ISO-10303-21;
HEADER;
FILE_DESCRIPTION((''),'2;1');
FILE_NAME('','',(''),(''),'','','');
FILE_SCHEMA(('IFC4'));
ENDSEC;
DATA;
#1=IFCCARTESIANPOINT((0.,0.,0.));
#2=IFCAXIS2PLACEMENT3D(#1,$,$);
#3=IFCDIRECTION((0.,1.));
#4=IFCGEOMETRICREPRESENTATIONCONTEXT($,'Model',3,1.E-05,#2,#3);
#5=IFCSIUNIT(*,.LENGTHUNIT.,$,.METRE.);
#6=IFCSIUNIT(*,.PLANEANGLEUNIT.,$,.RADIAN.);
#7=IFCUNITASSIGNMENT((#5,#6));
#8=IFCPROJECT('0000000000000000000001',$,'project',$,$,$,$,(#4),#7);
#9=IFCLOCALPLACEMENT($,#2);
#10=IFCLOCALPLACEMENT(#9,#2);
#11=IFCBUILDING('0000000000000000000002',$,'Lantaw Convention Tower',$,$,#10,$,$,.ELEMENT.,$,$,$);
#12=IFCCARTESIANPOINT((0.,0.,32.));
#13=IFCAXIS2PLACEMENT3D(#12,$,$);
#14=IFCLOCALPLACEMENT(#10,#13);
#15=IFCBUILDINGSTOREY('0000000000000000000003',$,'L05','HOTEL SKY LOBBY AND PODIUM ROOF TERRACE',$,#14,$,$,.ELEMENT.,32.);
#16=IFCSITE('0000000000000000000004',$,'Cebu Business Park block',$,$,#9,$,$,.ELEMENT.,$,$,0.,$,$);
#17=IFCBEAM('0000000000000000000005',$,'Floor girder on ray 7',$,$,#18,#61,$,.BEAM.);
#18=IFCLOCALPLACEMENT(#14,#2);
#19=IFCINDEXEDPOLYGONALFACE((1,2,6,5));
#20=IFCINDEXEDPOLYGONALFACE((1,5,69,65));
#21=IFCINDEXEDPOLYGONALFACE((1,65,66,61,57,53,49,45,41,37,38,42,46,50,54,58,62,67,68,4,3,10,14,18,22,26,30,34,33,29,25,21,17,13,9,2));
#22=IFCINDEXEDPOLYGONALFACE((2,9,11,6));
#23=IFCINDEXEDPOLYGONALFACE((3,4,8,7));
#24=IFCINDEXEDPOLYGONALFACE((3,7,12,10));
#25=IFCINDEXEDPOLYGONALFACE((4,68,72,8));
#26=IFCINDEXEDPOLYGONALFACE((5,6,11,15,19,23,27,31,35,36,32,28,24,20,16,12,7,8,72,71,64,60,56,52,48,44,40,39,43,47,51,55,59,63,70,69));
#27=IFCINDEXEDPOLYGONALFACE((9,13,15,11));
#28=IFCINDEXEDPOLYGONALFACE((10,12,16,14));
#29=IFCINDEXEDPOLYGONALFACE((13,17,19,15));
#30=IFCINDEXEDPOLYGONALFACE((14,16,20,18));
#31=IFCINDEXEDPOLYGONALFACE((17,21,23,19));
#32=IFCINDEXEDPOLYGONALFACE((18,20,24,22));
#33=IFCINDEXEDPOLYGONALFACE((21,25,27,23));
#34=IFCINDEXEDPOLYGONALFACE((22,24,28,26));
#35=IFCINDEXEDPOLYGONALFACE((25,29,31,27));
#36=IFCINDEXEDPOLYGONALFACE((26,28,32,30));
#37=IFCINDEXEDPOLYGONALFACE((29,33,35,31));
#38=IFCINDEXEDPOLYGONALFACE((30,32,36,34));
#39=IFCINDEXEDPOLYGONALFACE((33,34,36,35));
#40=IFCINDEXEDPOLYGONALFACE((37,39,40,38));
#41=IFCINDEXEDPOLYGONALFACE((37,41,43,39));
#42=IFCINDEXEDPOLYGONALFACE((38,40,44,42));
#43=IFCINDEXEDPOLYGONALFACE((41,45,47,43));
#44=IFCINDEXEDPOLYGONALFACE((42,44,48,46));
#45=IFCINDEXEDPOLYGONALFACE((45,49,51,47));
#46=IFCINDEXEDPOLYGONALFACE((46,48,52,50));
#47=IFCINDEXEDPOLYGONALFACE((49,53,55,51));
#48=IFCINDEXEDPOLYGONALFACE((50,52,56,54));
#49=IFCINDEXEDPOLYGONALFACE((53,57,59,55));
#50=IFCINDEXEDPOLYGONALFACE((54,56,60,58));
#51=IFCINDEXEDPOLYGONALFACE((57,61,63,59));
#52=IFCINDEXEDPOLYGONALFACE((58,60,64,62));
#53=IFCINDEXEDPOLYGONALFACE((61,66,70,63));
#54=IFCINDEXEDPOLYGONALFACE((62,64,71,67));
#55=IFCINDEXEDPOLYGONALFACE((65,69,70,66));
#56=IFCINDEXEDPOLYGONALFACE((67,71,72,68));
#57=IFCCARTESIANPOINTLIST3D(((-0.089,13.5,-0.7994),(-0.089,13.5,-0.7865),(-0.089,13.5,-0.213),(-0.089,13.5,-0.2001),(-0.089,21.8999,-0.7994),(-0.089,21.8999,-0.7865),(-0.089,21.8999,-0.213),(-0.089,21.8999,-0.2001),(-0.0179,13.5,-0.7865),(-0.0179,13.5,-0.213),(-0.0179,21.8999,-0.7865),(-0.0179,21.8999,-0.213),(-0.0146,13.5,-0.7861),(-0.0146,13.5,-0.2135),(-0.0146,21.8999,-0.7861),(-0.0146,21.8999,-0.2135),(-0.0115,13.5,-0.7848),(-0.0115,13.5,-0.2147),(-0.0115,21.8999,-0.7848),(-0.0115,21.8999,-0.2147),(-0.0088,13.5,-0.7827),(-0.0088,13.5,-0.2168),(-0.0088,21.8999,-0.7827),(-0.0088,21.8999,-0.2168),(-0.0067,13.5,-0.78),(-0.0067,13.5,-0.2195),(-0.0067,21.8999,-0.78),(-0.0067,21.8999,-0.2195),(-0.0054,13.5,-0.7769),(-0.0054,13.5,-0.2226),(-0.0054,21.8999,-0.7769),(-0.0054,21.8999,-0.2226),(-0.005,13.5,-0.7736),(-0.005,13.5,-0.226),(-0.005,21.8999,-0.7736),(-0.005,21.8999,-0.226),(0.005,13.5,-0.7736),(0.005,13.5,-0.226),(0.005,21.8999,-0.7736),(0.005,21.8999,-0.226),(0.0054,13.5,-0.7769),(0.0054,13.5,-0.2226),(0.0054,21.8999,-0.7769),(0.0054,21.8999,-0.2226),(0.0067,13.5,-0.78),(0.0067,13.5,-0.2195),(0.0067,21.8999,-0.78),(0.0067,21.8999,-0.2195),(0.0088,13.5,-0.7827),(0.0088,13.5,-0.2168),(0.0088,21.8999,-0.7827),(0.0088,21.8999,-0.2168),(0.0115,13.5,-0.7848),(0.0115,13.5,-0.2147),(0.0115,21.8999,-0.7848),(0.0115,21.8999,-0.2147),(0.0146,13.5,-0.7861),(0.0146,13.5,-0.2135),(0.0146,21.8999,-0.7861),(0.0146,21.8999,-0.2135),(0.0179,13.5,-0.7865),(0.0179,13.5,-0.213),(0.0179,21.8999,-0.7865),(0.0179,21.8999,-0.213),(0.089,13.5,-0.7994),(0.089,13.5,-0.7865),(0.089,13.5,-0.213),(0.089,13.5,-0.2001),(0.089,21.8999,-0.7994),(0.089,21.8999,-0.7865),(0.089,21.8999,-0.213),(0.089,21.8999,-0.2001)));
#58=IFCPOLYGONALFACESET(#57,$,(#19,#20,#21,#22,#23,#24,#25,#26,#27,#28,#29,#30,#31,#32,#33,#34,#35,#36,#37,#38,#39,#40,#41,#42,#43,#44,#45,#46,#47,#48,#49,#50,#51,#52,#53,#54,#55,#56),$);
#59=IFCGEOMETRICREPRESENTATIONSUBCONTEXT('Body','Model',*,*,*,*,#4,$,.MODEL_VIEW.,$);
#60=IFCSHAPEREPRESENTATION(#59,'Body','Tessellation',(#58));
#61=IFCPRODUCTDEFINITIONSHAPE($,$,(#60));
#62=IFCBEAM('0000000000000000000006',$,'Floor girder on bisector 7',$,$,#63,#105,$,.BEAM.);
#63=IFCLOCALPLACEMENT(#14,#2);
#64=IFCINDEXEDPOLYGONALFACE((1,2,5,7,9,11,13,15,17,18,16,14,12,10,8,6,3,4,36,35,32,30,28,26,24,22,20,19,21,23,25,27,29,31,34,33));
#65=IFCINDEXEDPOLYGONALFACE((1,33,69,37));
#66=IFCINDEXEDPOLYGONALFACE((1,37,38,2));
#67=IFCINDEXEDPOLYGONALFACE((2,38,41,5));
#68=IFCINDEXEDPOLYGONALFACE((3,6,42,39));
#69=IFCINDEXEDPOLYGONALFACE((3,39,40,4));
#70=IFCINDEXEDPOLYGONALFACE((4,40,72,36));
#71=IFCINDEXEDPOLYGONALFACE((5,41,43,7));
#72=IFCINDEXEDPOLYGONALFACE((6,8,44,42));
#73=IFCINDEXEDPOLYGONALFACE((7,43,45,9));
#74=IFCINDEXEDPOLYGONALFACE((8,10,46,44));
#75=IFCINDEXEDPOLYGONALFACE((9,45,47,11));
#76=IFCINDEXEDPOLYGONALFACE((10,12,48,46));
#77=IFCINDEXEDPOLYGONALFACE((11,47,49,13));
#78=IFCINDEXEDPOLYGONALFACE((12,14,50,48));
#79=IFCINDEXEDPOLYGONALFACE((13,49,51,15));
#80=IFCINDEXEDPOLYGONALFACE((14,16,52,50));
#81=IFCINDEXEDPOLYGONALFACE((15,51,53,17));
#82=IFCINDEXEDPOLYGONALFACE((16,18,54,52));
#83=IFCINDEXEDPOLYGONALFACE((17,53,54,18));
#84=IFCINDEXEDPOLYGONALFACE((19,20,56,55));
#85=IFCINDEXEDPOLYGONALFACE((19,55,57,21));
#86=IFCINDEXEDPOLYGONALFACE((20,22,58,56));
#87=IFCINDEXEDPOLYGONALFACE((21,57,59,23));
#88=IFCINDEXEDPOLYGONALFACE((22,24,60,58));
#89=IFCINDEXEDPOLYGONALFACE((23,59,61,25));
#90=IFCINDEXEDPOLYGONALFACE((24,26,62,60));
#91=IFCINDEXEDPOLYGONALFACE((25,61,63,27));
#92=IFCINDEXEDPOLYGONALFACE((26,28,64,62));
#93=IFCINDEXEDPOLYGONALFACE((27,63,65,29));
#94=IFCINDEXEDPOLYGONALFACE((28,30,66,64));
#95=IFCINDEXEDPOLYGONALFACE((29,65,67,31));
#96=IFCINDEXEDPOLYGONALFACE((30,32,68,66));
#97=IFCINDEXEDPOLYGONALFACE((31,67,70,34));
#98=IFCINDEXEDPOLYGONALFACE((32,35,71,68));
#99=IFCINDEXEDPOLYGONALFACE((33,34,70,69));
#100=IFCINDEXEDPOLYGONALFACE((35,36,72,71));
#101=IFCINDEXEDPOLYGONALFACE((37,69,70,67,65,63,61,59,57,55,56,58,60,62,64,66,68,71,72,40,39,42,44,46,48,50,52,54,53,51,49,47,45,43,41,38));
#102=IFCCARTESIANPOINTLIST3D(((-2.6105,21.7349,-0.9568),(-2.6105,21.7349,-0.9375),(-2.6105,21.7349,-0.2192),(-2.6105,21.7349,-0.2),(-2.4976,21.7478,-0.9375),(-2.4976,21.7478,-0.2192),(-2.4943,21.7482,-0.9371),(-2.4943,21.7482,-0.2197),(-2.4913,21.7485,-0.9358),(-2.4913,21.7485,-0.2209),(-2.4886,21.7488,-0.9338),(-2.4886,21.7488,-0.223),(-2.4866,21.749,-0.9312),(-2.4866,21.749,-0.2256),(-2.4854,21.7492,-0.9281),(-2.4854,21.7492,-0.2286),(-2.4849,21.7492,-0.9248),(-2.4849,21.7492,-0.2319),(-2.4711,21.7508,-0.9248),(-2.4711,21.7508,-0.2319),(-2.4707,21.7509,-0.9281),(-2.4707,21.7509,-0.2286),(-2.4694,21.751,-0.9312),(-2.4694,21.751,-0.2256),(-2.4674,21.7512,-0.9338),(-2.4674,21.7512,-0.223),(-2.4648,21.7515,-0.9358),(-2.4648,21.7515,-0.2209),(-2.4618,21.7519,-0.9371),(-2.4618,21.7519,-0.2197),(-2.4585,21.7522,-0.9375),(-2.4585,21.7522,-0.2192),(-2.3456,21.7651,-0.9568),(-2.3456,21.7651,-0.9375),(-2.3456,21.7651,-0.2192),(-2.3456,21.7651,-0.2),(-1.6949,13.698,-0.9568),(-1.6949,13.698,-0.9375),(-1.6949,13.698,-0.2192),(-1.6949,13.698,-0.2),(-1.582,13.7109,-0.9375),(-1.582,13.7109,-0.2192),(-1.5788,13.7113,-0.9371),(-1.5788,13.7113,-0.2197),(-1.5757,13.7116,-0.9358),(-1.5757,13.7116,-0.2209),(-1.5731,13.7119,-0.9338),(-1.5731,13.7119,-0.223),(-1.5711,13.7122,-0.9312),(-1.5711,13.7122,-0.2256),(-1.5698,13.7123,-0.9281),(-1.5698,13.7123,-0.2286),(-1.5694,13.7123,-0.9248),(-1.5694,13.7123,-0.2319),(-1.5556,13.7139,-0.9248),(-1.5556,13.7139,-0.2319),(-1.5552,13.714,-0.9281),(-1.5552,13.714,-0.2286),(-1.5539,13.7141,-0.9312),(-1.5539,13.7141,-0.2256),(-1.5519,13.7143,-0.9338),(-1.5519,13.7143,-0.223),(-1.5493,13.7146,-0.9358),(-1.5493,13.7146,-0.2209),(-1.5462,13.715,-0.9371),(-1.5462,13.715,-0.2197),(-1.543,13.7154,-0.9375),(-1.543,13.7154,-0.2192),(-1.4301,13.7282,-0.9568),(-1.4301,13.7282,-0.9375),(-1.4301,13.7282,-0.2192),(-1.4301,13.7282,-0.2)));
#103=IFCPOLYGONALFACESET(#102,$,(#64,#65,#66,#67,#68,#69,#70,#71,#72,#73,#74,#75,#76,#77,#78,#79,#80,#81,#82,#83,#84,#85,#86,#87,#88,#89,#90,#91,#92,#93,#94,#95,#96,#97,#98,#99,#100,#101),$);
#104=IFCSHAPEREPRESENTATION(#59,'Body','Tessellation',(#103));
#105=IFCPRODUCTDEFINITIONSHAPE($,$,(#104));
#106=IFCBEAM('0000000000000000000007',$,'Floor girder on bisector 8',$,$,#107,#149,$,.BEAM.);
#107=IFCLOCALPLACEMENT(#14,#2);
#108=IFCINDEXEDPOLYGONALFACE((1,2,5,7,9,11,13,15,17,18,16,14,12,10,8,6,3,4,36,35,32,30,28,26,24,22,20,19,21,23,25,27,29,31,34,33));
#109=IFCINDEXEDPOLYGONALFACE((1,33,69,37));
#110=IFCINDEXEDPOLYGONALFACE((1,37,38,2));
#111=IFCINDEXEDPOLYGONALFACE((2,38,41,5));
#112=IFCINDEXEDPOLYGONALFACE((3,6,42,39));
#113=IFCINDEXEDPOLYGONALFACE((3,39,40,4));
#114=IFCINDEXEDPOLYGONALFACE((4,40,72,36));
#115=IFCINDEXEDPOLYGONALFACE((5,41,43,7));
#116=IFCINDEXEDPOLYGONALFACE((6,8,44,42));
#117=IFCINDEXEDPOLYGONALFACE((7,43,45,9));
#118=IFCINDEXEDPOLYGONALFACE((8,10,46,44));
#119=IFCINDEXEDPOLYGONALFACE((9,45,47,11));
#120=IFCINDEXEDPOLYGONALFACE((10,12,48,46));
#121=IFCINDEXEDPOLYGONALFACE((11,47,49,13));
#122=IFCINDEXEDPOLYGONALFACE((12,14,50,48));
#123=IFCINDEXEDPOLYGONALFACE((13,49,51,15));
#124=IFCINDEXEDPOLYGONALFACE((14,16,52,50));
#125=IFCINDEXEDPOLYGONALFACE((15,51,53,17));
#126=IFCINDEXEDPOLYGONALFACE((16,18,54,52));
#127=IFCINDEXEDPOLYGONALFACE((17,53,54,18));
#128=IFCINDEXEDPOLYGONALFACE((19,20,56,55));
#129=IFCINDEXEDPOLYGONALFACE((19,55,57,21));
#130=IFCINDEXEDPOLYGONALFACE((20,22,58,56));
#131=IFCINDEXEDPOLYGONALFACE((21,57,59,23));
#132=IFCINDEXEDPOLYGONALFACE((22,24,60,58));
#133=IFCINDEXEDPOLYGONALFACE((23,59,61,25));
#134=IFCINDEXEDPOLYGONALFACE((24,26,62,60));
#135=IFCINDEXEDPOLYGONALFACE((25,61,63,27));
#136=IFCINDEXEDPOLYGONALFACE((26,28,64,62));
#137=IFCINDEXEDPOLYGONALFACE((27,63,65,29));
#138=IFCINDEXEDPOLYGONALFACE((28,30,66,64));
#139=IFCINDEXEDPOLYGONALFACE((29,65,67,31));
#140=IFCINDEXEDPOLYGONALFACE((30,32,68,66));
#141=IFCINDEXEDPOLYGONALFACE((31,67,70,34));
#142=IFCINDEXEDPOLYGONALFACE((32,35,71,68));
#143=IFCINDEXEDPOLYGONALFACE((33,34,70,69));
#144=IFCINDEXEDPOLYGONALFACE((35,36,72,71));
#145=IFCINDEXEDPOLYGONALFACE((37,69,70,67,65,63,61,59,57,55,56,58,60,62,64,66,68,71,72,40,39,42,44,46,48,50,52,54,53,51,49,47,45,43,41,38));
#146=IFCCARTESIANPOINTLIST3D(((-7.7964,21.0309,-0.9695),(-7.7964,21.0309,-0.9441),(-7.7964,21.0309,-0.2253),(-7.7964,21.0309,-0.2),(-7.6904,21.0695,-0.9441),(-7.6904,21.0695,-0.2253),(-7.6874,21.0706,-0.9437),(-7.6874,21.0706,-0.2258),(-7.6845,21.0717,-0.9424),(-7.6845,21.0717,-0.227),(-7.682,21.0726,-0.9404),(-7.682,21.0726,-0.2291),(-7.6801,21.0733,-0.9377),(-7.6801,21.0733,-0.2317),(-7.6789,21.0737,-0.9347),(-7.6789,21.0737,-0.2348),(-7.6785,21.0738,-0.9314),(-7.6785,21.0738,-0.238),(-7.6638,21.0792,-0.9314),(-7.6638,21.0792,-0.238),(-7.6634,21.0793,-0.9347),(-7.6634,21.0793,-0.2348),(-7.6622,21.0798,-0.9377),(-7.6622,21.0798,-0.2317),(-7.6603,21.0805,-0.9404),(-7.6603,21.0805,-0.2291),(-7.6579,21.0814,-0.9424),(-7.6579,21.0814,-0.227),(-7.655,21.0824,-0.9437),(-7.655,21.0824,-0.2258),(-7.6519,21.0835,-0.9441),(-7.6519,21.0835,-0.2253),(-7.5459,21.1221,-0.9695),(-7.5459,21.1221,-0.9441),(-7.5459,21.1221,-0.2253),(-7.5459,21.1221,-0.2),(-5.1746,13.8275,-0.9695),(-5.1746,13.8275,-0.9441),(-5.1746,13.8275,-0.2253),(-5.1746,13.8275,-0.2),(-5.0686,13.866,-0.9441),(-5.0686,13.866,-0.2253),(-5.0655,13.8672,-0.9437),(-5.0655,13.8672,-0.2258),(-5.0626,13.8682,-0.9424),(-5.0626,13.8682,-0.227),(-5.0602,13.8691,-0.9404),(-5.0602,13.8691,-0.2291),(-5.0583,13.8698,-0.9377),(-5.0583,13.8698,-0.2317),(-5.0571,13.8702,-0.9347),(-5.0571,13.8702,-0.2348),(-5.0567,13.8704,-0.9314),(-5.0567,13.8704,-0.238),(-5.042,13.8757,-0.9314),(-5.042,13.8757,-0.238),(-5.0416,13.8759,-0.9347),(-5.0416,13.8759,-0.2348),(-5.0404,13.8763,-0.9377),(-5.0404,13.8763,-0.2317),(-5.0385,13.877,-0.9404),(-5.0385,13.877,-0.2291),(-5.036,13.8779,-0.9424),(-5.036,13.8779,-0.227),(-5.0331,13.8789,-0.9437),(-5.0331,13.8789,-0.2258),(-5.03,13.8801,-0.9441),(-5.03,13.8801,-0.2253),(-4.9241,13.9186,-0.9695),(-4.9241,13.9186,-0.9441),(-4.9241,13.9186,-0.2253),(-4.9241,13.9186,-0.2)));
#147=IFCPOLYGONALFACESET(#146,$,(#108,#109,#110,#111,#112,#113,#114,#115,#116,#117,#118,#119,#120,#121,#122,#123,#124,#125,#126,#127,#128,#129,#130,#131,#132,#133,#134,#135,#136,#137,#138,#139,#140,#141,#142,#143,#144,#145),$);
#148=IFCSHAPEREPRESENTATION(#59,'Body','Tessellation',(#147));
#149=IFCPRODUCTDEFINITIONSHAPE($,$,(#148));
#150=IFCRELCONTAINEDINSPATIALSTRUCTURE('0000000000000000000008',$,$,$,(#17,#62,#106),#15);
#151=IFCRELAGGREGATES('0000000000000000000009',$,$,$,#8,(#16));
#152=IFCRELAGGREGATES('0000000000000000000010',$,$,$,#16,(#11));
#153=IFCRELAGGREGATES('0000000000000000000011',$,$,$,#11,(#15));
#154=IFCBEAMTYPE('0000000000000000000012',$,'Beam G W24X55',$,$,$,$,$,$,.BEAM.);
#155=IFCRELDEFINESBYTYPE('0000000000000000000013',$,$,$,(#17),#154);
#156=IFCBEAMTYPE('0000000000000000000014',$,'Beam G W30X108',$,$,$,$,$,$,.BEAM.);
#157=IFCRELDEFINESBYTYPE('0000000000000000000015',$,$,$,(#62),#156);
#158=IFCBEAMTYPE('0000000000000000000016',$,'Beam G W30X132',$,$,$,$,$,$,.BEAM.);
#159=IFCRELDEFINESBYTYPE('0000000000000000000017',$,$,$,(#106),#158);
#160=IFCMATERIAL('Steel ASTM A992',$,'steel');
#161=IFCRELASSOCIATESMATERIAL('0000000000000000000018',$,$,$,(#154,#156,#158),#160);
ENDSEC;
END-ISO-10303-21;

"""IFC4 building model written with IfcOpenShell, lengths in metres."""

from ifc_helpers import new_model, si_unit, direction, frame, origin, origin_2d, place, context, subcontext, project, spatial, i_section, extrude, material, material_profile, profile_set, type_object, element, save


model = new_model("IFC4")

# Units and contexts
model_context = context("Model", 3, precision=1e-05, world=origin(), true_north=direction((0.0, 1.0)))
body_context = subcontext(model_context, "Body", "Model", "MODEL_VIEW")
ifc_project = project(units=[si_unit("LENGTHUNIT", "METRE"), si_unit("PLANEANGLEUNIT", "RADIAN")], contexts=[model_context])

# Site, building, storey
site_placement = place(None, origin())
site = spatial("IfcSite", under=ifc_project, at=site_placement, Name="Cebu Business Park block", CompositionType="ELEMENT", RefElevation=0.0)
building_placement = place(site_placement, origin())
building = spatial("IfcBuilding", under=site, at=building_placement, Name="Lantaw Convention Tower", CompositionType="ELEMENT")
storey_placement = place(building_placement, frame((0.0, 0.0, 32.0)))
storey = spatial("IfcBuildingStorey", under=building, at=storey_placement, Name="L05", Description="HOTEL SKY LOBBY AND PODIUM ROOF TERRACE", CompositionType="ELEMENT", Elevation=32.0)

# Beams
ifc_material_1 = material(Name="Steel ASTM A992", Category="steel")
ifc_material_profile_1 = material_profile(ifc_material_1, i_section(OverallWidth=0.178, OverallDepth=0.5994, WebThickness=0.01, FlangeThickness=0.0129, FilletRadius=0.0129, at=origin_2d()), Name="W24X55")
ifc_profile_set_1 = profile_set([ifc_material_profile_1], Name="Steel ASTM A992")
beam_type_1 = type_object("IfcBeamType", Name="Beam G W24X55", PredefinedType="BEAM", material=ifc_profile_set_1)
beam_1_placement = place(storey_placement, frame((0.0, 13.5, -0.4998), z_axis=(0.0, 1.0, 0.0), x_axis=(-1.0, 0.0, 0.0)))
element("IfcBeam", 1, at=beam_1_placement, inside=storey, type_object=beam_type_1, Name="Floor girder on ray 7", PredefinedType="BEAM", context=body_context, shape_type="SweptSolid", body=[
    extrude(i_section(OverallWidth=0.178, OverallDepth=0.5994, WebThickness=0.01, FlangeThickness=0.0129, FilletRadius=0.0129, at=origin_2d()), origin(), (0.0, 0.0, 1.0), 8.3999),
])
ifc_material_profile_2 = material_profile(ifc_material_1, i_section(OverallWidth=0.2666, OverallDepth=0.7568, WebThickness=0.0139, FlangeThickness=0.0193, FilletRadius=0.0127, at=origin_2d()), Name="W30X108")
ifc_profile_set_2 = profile_set([ifc_material_profile_2], Name="Steel ASTM A992")
beam_type_2 = type_object("IfcBeamType", Name="Beam G W30X108", PredefinedType="BEAM", material=ifc_profile_set_2)
beam_2_placement = place(storey_placement, frame((-1.5625, 13.7131, -0.5784), z_axis=(-0.113184, 0.993574, 0.0), x_axis=(-0.993574, -0.113184, 0.0)))
element("IfcBeam", 2, at=beam_2_placement, inside=storey, type_object=beam_type_2, Name="Floor girder on bisector 7", PredefinedType="BEAM", context=body_context, shape_type="SweptSolid", body=[
    extrude(i_section(OverallWidth=0.2666, OverallDepth=0.7568, WebThickness=0.0139, FlangeThickness=0.0193, FilletRadius=0.0127, at=origin_2d()), origin(), (0.0, 0.0, 1.0), 8.0889),
])
ifc_material_profile_3 = material_profile(ifc_material_1, i_section(OverallWidth=0.2666, OverallDepth=0.7695, WebThickness=0.0156, FlangeThickness=0.0254, FilletRadius=0.0127, at=origin_2d()), Name="W30X132")
ifc_profile_set_3 = profile_set([ifc_material_profile_3], Name="Steel ASTM A992")
beam_type_3 = type_object("IfcBeamType", Name="Beam G W30X132", PredefinedType="BEAM", material=ifc_profile_set_3)
beam_3_placement = place(storey_placement, frame((-5.0493, 13.873, -0.5847), z_axis=(-0.342022, 0.939692, 0.0), x_axis=(-0.939692, -0.342022, 0.0)))
element("IfcBeam", 3, at=beam_3_placement, inside=storey, type_object=beam_type_3, Name="Floor girder on bisector 8", PredefinedType="BEAM", context=body_context, shape_type="SweptSolid", body=[
    extrude(i_section(OverallWidth=0.2666, OverallDepth=0.7695, WebThickness=0.0156, FlangeThickness=0.0254, FilletRadius=0.0127, at=origin_2d()), origin(), (0.0, 0.0, 1.0), 7.6658),
])

save(model, "model.ifc")
